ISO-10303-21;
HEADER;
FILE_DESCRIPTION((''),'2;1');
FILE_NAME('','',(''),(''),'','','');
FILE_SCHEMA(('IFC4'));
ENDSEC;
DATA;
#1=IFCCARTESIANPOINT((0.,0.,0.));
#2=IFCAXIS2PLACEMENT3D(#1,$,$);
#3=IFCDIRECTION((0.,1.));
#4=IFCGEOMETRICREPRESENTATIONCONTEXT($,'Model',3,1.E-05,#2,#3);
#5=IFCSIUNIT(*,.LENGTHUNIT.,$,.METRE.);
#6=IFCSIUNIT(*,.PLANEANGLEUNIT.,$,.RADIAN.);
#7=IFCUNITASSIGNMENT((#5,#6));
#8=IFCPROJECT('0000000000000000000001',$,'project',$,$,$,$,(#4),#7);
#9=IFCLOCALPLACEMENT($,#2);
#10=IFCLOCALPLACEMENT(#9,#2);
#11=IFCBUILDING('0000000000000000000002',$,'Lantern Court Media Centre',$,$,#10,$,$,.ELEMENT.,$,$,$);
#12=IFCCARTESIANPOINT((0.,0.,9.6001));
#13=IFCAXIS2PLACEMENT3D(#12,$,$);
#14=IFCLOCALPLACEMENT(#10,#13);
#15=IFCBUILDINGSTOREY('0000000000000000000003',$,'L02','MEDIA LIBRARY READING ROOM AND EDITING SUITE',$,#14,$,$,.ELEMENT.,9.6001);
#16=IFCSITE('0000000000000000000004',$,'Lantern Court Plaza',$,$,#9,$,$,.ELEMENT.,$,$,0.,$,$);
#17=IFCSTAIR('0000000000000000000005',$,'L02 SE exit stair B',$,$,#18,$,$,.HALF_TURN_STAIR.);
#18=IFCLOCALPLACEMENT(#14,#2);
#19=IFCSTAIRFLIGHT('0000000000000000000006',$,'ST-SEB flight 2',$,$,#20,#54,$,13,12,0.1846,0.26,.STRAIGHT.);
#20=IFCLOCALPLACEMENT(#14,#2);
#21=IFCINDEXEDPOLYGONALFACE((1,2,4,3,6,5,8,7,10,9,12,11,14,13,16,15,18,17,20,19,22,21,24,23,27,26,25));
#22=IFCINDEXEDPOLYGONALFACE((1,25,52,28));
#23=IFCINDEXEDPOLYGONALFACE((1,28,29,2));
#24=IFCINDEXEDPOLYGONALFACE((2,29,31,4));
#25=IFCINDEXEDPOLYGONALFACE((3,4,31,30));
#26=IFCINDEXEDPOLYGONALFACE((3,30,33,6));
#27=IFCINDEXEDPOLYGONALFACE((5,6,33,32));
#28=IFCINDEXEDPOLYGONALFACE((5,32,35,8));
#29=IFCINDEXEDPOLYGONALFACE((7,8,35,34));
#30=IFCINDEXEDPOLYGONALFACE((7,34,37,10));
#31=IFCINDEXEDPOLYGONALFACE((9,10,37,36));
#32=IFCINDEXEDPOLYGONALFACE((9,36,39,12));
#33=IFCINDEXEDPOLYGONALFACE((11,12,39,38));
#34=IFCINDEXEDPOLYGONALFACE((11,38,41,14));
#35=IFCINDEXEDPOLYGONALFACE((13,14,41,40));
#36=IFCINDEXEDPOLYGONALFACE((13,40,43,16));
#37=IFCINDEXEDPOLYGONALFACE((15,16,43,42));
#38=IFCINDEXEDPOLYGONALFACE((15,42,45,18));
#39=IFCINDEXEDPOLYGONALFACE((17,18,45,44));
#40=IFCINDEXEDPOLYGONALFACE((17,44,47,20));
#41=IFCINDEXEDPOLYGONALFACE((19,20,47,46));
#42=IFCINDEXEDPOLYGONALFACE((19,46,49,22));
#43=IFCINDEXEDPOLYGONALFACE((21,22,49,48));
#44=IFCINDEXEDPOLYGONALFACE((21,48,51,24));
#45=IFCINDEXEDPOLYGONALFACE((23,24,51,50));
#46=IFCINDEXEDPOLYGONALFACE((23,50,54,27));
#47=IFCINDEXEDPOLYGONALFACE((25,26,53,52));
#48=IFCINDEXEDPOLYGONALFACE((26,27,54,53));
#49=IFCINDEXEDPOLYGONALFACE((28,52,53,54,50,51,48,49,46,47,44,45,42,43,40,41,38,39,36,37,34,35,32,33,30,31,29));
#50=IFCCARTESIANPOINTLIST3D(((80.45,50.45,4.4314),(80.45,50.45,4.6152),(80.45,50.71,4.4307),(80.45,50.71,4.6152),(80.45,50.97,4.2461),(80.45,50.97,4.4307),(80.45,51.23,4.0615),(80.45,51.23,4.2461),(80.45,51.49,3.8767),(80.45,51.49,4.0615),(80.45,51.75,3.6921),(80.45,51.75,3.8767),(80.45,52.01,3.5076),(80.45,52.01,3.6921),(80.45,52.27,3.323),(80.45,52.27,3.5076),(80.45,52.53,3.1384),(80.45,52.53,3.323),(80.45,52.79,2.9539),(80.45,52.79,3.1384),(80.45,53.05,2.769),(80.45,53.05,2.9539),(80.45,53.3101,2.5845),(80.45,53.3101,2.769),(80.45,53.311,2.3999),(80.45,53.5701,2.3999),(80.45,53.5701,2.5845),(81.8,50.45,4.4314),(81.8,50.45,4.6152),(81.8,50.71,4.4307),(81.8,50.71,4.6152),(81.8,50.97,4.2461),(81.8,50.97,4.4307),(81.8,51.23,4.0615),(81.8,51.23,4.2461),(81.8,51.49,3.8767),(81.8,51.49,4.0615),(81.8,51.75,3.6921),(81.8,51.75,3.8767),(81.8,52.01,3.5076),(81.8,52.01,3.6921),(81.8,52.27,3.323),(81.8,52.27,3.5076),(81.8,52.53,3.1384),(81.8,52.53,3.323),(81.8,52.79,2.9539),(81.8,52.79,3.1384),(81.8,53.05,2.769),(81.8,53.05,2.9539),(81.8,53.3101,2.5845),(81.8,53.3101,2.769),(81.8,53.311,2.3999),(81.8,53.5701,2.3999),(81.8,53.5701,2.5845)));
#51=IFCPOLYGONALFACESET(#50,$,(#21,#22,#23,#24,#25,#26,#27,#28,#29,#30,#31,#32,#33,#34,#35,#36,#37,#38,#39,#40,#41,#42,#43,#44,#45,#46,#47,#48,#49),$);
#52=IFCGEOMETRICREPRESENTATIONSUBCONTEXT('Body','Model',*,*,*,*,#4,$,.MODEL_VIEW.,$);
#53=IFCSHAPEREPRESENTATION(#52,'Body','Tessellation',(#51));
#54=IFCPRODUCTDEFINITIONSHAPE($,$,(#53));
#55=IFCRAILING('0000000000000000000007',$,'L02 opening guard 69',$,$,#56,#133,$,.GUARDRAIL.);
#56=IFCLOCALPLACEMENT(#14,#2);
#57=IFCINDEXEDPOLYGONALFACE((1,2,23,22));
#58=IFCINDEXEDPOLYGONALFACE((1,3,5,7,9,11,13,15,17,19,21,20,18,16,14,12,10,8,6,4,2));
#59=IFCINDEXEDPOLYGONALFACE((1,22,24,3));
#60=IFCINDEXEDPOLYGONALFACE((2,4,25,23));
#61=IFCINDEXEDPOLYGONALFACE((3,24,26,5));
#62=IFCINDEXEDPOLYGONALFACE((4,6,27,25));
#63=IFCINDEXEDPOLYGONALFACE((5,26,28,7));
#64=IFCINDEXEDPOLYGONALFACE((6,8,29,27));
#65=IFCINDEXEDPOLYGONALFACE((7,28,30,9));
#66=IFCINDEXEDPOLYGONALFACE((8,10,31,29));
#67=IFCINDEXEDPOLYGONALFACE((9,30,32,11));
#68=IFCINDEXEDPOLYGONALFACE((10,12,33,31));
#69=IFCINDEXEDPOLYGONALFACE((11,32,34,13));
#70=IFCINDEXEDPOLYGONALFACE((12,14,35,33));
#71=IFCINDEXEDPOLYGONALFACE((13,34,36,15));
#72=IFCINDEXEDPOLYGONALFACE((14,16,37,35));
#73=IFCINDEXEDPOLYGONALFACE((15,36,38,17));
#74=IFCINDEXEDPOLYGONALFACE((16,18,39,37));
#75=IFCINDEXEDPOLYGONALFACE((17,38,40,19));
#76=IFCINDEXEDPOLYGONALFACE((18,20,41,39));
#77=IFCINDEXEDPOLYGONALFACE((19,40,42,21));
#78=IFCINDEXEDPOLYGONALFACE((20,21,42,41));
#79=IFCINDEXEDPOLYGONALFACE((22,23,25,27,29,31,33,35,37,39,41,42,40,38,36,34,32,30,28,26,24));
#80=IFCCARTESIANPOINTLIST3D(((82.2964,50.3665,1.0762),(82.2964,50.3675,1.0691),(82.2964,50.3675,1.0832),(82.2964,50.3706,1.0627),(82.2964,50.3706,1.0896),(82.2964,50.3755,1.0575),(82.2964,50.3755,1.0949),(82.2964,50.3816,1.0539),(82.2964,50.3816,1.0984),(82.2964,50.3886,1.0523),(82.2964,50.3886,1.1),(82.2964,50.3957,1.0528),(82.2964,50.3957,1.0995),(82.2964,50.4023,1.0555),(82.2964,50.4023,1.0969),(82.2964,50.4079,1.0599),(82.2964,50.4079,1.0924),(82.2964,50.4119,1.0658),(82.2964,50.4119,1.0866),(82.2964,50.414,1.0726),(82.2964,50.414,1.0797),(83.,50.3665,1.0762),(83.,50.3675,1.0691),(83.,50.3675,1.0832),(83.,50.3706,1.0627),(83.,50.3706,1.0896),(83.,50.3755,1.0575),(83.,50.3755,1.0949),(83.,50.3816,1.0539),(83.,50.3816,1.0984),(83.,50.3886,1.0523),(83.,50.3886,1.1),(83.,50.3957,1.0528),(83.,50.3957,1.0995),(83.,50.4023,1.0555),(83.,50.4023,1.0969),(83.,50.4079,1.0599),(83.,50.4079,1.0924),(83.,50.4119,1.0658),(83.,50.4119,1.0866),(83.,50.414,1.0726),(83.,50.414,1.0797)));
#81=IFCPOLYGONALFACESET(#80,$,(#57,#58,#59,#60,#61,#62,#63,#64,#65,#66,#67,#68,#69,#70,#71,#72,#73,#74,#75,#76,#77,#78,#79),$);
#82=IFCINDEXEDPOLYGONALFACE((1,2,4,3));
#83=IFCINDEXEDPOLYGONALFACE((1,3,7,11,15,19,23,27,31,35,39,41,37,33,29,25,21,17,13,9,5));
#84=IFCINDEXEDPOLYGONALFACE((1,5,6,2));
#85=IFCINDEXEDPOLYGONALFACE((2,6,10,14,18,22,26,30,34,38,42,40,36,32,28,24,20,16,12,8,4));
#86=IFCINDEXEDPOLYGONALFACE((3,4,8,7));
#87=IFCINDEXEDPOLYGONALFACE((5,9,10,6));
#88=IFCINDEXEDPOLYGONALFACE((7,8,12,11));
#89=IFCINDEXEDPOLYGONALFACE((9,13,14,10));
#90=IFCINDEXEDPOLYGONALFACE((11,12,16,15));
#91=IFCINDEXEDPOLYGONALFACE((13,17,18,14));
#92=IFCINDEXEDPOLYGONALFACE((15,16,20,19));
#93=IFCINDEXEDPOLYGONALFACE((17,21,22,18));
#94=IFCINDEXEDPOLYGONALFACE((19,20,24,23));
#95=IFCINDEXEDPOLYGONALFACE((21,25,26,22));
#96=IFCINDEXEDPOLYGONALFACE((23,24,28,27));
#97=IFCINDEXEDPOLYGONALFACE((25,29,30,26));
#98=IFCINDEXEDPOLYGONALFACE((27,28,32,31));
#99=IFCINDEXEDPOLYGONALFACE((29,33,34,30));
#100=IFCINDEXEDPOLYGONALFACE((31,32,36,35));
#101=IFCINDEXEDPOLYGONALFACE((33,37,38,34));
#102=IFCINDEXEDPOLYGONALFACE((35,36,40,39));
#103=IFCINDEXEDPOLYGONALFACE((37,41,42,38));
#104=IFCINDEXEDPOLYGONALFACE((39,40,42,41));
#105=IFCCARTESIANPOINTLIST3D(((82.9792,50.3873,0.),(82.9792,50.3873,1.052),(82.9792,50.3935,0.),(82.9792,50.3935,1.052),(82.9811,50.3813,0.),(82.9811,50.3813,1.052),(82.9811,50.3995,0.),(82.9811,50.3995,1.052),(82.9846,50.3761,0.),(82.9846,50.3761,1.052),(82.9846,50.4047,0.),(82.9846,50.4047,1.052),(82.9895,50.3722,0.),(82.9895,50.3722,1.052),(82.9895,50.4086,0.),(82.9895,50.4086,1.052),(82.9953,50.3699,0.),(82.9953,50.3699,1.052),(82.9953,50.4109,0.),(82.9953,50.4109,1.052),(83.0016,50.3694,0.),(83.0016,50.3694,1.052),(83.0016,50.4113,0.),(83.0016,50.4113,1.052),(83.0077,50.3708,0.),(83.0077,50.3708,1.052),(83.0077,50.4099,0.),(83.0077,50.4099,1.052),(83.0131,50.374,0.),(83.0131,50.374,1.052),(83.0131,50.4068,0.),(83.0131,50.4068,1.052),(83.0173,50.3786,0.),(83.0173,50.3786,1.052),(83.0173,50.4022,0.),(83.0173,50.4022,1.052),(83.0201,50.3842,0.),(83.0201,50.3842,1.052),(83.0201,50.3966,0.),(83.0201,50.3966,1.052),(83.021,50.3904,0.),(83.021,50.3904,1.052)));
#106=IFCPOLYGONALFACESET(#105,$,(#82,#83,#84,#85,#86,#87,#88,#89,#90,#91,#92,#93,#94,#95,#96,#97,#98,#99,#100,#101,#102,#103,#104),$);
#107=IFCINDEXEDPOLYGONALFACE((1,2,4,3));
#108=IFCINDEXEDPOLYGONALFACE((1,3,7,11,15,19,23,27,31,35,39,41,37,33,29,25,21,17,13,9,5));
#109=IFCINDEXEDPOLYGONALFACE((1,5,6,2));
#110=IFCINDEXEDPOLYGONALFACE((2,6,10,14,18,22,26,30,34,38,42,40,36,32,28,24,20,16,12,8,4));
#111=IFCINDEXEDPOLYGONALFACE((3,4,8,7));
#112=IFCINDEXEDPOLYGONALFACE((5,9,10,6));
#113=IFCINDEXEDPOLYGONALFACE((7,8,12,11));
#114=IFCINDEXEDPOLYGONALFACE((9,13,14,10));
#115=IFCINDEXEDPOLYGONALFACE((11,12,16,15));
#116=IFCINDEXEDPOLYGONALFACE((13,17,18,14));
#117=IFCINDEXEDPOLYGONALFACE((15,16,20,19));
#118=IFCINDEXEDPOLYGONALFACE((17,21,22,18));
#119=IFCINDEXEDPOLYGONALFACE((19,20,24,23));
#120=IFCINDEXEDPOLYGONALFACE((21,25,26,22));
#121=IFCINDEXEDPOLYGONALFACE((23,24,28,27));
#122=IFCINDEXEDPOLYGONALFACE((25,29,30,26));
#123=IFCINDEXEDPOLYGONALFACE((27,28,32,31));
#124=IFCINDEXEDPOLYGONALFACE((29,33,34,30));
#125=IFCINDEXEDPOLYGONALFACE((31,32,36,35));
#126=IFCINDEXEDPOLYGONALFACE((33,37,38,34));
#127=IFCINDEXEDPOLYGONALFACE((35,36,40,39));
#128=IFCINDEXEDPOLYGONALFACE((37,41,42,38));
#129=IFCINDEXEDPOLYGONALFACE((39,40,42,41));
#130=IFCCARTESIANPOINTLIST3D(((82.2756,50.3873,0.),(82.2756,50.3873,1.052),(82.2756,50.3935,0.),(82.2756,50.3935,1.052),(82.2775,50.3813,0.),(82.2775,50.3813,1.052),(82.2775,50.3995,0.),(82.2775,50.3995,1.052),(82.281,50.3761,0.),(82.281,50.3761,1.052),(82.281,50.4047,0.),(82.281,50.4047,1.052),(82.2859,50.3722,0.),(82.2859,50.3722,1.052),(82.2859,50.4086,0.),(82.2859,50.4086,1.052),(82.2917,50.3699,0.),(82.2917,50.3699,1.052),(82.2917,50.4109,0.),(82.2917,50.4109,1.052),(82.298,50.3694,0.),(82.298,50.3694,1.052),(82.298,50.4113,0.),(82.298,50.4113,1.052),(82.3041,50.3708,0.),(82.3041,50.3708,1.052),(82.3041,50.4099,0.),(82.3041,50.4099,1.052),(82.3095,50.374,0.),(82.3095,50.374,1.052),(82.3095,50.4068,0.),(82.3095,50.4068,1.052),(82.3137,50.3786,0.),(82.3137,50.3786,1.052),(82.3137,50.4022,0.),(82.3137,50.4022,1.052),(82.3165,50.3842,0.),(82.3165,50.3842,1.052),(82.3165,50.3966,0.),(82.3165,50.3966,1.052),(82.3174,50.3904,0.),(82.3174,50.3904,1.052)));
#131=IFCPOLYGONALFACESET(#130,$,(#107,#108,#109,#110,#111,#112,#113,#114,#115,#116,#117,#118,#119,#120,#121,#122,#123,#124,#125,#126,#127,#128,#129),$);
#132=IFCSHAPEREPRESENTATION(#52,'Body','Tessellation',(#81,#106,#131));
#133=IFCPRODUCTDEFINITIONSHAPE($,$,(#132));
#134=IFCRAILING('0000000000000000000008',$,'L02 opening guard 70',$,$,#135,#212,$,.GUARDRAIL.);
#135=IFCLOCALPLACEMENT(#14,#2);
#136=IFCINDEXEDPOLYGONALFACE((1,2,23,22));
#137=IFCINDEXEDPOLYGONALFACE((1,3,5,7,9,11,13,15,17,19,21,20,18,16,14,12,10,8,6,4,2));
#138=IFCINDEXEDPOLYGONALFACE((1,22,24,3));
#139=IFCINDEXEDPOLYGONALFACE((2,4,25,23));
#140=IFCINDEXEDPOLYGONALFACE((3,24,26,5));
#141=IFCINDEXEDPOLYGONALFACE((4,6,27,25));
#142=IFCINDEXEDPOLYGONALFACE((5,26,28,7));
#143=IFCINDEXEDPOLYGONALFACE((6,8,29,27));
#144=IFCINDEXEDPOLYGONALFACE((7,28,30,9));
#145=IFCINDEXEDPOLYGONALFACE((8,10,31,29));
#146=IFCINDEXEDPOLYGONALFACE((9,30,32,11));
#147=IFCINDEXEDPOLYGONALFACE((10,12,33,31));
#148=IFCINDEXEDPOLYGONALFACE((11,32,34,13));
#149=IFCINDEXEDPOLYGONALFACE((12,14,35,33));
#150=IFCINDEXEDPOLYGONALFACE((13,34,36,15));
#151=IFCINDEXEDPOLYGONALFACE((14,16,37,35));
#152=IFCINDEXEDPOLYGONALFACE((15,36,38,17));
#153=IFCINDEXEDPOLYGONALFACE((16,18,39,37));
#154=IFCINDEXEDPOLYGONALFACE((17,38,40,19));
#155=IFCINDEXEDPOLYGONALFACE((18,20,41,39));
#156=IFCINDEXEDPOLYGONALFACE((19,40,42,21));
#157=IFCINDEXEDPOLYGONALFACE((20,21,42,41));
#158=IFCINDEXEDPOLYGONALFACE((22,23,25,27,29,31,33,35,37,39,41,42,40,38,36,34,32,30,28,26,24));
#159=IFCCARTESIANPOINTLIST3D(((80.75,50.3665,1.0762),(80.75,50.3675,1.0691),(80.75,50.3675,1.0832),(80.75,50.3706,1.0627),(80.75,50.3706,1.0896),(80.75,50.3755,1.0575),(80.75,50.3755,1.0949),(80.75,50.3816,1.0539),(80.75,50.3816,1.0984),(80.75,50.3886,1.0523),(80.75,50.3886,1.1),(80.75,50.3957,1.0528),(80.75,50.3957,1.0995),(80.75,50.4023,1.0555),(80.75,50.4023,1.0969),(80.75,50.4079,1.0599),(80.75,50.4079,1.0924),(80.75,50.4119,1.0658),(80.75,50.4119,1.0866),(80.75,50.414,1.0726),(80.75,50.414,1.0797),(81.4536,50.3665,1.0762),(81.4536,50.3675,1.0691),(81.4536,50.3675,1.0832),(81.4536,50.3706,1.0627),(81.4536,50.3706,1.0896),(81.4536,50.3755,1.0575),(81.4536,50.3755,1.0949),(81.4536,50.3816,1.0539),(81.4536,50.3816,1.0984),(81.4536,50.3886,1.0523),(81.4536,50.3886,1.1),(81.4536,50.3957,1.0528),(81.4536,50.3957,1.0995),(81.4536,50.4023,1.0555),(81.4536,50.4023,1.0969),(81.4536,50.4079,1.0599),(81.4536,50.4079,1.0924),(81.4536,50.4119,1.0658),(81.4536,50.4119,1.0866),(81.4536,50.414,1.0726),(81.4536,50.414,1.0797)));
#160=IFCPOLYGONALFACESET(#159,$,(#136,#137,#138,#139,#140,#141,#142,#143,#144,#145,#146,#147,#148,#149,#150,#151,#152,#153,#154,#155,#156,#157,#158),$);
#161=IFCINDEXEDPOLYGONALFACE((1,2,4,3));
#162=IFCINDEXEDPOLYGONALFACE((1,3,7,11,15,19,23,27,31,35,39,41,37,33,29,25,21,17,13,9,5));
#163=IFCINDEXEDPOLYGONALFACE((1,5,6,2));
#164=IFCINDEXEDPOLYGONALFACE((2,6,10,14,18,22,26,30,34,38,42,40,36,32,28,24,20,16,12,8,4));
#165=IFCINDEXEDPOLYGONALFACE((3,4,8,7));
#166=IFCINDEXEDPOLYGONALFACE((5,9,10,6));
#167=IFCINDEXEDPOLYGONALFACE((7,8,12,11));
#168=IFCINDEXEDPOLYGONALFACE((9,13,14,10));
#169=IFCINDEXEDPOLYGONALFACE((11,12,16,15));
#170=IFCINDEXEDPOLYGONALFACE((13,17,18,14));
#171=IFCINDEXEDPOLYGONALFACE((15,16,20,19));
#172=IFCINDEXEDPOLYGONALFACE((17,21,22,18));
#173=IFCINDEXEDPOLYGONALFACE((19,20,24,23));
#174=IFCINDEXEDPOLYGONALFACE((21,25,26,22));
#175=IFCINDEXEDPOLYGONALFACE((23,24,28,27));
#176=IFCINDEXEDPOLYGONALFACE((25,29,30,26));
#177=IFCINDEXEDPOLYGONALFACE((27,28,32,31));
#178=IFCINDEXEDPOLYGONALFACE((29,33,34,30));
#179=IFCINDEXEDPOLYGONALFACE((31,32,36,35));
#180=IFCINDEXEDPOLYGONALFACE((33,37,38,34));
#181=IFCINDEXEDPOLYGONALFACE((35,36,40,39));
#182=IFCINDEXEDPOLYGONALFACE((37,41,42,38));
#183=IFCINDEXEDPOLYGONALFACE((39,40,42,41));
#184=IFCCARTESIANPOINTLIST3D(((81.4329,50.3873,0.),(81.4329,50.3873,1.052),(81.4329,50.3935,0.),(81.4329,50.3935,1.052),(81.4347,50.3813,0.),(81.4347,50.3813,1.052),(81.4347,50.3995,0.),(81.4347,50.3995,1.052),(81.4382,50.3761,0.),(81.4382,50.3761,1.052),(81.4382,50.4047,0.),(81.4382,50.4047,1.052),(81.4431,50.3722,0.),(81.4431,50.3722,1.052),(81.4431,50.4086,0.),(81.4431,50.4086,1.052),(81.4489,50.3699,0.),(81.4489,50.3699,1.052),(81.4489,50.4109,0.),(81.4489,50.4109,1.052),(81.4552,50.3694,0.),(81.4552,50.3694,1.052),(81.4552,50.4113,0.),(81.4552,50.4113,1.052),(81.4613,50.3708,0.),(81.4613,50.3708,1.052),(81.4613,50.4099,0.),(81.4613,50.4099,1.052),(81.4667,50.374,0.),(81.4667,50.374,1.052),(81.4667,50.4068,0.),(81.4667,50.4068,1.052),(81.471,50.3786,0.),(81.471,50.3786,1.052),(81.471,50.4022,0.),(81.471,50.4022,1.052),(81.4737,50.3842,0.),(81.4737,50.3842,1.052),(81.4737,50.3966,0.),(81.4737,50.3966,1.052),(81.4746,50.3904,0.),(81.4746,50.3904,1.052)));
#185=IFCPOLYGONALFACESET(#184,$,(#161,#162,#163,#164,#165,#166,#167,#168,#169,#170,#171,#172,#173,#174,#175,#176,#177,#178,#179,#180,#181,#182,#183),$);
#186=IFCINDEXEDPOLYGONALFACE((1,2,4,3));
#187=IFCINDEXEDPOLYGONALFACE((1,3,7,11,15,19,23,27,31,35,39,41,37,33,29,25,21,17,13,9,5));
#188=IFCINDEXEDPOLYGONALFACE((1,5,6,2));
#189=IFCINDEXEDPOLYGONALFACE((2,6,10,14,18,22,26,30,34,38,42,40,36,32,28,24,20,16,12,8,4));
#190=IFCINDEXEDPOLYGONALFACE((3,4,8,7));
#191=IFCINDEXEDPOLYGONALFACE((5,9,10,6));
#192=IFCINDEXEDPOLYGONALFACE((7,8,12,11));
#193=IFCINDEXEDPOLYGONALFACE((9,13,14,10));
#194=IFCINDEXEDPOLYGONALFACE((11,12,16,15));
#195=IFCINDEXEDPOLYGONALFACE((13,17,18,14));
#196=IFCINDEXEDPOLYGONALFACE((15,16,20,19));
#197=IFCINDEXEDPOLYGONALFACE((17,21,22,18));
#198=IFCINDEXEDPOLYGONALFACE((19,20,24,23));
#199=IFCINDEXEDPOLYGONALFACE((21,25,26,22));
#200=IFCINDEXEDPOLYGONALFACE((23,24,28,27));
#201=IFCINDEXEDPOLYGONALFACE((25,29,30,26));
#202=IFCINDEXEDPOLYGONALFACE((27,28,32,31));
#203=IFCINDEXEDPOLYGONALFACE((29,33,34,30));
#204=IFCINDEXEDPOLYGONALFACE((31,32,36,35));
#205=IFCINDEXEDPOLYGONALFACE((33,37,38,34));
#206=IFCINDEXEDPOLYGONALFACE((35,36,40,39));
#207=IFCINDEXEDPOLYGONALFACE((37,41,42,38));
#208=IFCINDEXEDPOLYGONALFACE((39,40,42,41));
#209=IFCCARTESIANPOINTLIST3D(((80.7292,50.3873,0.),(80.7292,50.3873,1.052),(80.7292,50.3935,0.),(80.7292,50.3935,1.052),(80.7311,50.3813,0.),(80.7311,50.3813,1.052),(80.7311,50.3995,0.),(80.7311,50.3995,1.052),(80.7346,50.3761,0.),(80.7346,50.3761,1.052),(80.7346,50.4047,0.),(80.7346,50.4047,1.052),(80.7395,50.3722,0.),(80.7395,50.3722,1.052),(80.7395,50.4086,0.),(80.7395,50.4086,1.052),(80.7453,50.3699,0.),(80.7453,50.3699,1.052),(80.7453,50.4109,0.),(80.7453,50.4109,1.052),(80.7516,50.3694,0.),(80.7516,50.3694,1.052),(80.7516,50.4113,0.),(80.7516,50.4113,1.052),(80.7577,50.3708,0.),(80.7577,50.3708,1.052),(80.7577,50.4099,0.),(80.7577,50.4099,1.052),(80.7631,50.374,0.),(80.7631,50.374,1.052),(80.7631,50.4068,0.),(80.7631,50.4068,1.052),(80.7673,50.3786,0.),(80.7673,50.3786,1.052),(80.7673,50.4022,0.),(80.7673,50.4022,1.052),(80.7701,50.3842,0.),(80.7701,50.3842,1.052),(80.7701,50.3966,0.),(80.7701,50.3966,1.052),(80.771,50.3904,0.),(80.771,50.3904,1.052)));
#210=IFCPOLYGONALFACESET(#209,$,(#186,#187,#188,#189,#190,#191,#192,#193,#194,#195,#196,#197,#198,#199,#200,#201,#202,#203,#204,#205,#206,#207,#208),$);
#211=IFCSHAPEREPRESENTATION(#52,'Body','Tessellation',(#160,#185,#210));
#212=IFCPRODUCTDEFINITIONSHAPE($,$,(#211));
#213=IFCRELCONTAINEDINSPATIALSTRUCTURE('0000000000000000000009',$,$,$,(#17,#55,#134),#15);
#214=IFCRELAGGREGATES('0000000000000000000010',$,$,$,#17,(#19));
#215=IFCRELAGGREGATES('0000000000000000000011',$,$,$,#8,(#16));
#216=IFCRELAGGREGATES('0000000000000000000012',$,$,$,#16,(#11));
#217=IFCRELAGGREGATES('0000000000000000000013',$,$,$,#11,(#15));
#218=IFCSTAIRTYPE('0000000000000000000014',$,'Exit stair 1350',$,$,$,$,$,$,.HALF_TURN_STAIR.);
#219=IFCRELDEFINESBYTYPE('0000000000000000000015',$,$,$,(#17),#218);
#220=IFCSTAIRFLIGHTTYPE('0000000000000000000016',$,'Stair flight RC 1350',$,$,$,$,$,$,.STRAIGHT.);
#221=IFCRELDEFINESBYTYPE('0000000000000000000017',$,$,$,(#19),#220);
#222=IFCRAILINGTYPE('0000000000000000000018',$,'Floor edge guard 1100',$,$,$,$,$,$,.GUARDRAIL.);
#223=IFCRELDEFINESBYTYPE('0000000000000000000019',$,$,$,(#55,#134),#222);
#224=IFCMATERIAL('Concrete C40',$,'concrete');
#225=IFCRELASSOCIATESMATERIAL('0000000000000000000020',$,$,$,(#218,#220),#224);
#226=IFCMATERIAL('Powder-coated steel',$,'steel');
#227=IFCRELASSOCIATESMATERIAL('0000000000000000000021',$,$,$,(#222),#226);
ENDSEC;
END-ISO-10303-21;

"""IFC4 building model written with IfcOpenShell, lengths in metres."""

from ifc_helpers import new_model, si_unit, direction, frame, origin, origin_2d, place, context, subcontext, project, spatial, polyline, circle, outline, extrude, material, type_object, element, aggregate, save


model = new_model("IFC4")

# Units and contexts
model_context = context("Model", 3, precision=1e-05, world=origin(), true_north=direction((0.0, 1.0)))
body_context = subcontext(model_context, "Body", "Model", "MODEL_VIEW")
ifc_project = project(units=[si_unit("LENGTHUNIT", "METRE"), si_unit("PLANEANGLEUNIT", "RADIAN")], contexts=[model_context])

# Site, building, storey
site_placement = place(None, origin())
site = spatial("IfcSite", under=ifc_project, at=site_placement, Name="Lantern Court Plaza", CompositionType="ELEMENT", RefElevation=0.0)
building_placement = place(site_placement, origin())
building = spatial("IfcBuilding", under=site, at=building_placement, Name="Lantern Court Media Centre", CompositionType="ELEMENT")
storey_placement = place(building_placement, frame((0.0, 0.0, 9.6001)))
storey = spatial("IfcBuildingStorey", under=building, at=storey_placement, Name="L02", Description="MEDIA LIBRARY READING ROOM AND EDITING SUITE", CompositionType="ELEMENT", Elevation=9.6001)

# Shared definitions
ifc_material_1 = material(Name="Concrete C40", Category="concrete")

# Stair, stair flight
stair_type = type_object("IfcStairType", Name="Exit stair 1350", PredefinedType="HALF_TURN_STAIR", material=ifc_material_1)
stair_placement = place(storey_placement, origin())
stair = element("IfcStair", 1, at=stair_placement, inside=storey, type_object=stair_type, Name="L02 SE exit stair B", PredefinedType="HALF_TURN_STAIR")
stair_flight_type = type_object("IfcStairFlightType", Name="Stair flight RC 1350", PredefinedType="STRAIGHT", material=ifc_material_1)
stair_flight_1_placement = place(storey_placement, frame((81.125, 53.5701, 2.3999), z_axis=(0.0, 0.0, 1.0), x_axis=(0.0, -1.0, 0.0)))
stair_flight_1 = element("IfcStairFlight", 2, at=stair_flight_1_placement, type_object=stair_flight_type, Name="ST-SEB flight 2", NumberOfRisers=13, NumberOfTreads=12, PredefinedType="STRAIGHT", RiserHeight=0.1846, TreadLength=0.26, context=body_context, shape_type="SweptSolid", body=[
    extrude(outline(polyline([(0.0, 0.0), (0.0, 0.1846), (0.26, 0.1846), (0.26, 0.3691), (0.52, 0.3691), (0.52, 0.554), (0.78, 0.554), (0.78, 0.7385), (1.04, 0.7385), (1.04, 0.9231), (1.3, 0.9231), (1.3, 1.1077), (1.5601, 1.1077), (1.5601, 1.2922), (1.8201, 1.2922), (1.8201, 1.4768), (2.0801, 1.4768), (2.0801, 1.6616), (2.3401, 1.6616), (2.3401, 1.8462), (2.6001, 1.8462), (2.6001, 2.0308), (2.8601, 2.0308), (2.8601, 2.2153), (3.1201, 2.2153), (3.1201, 2.3999), (3.1201, 2.0315), (0.259, 0.0), (0.0, 0.0)])), frame((0.0, 0.675, 0.0), z_axis=(0.0, -1.0, 0.0), x_axis=(1.0, 0.0, 0.0)), (0.0, 0.0, 1.0), 1.3501),
])
aggregate(stair, [stair_flight_1])

# Railings
ifc_material_2 = material(Name="Powder-coated steel", Category="steel")
railing_type_1 = type_object("IfcRailingType", Name="Floor edge guard 1100", PredefinedType="GUARDRAIL", material=ifc_material_2)
for number, where, name in (
    (3, (83.0, 50.3904, 0.0), "L02 opening guard 69"),
    (4, (81.4536, 50.3904, 0.0), "L02 opening guard 70"),
):
    element("IfcRailing", number, at=place(storey_placement, frame(where)), inside=storey, type_object=railing_type_1, Name=name, PredefinedType="GUARDRAIL", context=body_context, shape_type="SweptSolid", body=[
        extrude(circle(Radius=0.0239, at=origin_2d()), frame((0.0, 0.0, 1.0762), z_axis=(-1.0, 0.0, 0.0), x_axis=(0.0, -1.0, 0.0)), (0.0, 0.0, 1.0), 0.7036),
        extrude(circle(Radius=0.021, at=origin_2d()), origin(), (0.0, 0.0, 1.0), 1.052),
        extrude(circle(Radius=0.021, at=origin_2d()), frame((-0.7036, 0.0, 0.0)), (0.0, 0.0, 1.0), 1.052),
    ])

save(model, "model.ifc")
